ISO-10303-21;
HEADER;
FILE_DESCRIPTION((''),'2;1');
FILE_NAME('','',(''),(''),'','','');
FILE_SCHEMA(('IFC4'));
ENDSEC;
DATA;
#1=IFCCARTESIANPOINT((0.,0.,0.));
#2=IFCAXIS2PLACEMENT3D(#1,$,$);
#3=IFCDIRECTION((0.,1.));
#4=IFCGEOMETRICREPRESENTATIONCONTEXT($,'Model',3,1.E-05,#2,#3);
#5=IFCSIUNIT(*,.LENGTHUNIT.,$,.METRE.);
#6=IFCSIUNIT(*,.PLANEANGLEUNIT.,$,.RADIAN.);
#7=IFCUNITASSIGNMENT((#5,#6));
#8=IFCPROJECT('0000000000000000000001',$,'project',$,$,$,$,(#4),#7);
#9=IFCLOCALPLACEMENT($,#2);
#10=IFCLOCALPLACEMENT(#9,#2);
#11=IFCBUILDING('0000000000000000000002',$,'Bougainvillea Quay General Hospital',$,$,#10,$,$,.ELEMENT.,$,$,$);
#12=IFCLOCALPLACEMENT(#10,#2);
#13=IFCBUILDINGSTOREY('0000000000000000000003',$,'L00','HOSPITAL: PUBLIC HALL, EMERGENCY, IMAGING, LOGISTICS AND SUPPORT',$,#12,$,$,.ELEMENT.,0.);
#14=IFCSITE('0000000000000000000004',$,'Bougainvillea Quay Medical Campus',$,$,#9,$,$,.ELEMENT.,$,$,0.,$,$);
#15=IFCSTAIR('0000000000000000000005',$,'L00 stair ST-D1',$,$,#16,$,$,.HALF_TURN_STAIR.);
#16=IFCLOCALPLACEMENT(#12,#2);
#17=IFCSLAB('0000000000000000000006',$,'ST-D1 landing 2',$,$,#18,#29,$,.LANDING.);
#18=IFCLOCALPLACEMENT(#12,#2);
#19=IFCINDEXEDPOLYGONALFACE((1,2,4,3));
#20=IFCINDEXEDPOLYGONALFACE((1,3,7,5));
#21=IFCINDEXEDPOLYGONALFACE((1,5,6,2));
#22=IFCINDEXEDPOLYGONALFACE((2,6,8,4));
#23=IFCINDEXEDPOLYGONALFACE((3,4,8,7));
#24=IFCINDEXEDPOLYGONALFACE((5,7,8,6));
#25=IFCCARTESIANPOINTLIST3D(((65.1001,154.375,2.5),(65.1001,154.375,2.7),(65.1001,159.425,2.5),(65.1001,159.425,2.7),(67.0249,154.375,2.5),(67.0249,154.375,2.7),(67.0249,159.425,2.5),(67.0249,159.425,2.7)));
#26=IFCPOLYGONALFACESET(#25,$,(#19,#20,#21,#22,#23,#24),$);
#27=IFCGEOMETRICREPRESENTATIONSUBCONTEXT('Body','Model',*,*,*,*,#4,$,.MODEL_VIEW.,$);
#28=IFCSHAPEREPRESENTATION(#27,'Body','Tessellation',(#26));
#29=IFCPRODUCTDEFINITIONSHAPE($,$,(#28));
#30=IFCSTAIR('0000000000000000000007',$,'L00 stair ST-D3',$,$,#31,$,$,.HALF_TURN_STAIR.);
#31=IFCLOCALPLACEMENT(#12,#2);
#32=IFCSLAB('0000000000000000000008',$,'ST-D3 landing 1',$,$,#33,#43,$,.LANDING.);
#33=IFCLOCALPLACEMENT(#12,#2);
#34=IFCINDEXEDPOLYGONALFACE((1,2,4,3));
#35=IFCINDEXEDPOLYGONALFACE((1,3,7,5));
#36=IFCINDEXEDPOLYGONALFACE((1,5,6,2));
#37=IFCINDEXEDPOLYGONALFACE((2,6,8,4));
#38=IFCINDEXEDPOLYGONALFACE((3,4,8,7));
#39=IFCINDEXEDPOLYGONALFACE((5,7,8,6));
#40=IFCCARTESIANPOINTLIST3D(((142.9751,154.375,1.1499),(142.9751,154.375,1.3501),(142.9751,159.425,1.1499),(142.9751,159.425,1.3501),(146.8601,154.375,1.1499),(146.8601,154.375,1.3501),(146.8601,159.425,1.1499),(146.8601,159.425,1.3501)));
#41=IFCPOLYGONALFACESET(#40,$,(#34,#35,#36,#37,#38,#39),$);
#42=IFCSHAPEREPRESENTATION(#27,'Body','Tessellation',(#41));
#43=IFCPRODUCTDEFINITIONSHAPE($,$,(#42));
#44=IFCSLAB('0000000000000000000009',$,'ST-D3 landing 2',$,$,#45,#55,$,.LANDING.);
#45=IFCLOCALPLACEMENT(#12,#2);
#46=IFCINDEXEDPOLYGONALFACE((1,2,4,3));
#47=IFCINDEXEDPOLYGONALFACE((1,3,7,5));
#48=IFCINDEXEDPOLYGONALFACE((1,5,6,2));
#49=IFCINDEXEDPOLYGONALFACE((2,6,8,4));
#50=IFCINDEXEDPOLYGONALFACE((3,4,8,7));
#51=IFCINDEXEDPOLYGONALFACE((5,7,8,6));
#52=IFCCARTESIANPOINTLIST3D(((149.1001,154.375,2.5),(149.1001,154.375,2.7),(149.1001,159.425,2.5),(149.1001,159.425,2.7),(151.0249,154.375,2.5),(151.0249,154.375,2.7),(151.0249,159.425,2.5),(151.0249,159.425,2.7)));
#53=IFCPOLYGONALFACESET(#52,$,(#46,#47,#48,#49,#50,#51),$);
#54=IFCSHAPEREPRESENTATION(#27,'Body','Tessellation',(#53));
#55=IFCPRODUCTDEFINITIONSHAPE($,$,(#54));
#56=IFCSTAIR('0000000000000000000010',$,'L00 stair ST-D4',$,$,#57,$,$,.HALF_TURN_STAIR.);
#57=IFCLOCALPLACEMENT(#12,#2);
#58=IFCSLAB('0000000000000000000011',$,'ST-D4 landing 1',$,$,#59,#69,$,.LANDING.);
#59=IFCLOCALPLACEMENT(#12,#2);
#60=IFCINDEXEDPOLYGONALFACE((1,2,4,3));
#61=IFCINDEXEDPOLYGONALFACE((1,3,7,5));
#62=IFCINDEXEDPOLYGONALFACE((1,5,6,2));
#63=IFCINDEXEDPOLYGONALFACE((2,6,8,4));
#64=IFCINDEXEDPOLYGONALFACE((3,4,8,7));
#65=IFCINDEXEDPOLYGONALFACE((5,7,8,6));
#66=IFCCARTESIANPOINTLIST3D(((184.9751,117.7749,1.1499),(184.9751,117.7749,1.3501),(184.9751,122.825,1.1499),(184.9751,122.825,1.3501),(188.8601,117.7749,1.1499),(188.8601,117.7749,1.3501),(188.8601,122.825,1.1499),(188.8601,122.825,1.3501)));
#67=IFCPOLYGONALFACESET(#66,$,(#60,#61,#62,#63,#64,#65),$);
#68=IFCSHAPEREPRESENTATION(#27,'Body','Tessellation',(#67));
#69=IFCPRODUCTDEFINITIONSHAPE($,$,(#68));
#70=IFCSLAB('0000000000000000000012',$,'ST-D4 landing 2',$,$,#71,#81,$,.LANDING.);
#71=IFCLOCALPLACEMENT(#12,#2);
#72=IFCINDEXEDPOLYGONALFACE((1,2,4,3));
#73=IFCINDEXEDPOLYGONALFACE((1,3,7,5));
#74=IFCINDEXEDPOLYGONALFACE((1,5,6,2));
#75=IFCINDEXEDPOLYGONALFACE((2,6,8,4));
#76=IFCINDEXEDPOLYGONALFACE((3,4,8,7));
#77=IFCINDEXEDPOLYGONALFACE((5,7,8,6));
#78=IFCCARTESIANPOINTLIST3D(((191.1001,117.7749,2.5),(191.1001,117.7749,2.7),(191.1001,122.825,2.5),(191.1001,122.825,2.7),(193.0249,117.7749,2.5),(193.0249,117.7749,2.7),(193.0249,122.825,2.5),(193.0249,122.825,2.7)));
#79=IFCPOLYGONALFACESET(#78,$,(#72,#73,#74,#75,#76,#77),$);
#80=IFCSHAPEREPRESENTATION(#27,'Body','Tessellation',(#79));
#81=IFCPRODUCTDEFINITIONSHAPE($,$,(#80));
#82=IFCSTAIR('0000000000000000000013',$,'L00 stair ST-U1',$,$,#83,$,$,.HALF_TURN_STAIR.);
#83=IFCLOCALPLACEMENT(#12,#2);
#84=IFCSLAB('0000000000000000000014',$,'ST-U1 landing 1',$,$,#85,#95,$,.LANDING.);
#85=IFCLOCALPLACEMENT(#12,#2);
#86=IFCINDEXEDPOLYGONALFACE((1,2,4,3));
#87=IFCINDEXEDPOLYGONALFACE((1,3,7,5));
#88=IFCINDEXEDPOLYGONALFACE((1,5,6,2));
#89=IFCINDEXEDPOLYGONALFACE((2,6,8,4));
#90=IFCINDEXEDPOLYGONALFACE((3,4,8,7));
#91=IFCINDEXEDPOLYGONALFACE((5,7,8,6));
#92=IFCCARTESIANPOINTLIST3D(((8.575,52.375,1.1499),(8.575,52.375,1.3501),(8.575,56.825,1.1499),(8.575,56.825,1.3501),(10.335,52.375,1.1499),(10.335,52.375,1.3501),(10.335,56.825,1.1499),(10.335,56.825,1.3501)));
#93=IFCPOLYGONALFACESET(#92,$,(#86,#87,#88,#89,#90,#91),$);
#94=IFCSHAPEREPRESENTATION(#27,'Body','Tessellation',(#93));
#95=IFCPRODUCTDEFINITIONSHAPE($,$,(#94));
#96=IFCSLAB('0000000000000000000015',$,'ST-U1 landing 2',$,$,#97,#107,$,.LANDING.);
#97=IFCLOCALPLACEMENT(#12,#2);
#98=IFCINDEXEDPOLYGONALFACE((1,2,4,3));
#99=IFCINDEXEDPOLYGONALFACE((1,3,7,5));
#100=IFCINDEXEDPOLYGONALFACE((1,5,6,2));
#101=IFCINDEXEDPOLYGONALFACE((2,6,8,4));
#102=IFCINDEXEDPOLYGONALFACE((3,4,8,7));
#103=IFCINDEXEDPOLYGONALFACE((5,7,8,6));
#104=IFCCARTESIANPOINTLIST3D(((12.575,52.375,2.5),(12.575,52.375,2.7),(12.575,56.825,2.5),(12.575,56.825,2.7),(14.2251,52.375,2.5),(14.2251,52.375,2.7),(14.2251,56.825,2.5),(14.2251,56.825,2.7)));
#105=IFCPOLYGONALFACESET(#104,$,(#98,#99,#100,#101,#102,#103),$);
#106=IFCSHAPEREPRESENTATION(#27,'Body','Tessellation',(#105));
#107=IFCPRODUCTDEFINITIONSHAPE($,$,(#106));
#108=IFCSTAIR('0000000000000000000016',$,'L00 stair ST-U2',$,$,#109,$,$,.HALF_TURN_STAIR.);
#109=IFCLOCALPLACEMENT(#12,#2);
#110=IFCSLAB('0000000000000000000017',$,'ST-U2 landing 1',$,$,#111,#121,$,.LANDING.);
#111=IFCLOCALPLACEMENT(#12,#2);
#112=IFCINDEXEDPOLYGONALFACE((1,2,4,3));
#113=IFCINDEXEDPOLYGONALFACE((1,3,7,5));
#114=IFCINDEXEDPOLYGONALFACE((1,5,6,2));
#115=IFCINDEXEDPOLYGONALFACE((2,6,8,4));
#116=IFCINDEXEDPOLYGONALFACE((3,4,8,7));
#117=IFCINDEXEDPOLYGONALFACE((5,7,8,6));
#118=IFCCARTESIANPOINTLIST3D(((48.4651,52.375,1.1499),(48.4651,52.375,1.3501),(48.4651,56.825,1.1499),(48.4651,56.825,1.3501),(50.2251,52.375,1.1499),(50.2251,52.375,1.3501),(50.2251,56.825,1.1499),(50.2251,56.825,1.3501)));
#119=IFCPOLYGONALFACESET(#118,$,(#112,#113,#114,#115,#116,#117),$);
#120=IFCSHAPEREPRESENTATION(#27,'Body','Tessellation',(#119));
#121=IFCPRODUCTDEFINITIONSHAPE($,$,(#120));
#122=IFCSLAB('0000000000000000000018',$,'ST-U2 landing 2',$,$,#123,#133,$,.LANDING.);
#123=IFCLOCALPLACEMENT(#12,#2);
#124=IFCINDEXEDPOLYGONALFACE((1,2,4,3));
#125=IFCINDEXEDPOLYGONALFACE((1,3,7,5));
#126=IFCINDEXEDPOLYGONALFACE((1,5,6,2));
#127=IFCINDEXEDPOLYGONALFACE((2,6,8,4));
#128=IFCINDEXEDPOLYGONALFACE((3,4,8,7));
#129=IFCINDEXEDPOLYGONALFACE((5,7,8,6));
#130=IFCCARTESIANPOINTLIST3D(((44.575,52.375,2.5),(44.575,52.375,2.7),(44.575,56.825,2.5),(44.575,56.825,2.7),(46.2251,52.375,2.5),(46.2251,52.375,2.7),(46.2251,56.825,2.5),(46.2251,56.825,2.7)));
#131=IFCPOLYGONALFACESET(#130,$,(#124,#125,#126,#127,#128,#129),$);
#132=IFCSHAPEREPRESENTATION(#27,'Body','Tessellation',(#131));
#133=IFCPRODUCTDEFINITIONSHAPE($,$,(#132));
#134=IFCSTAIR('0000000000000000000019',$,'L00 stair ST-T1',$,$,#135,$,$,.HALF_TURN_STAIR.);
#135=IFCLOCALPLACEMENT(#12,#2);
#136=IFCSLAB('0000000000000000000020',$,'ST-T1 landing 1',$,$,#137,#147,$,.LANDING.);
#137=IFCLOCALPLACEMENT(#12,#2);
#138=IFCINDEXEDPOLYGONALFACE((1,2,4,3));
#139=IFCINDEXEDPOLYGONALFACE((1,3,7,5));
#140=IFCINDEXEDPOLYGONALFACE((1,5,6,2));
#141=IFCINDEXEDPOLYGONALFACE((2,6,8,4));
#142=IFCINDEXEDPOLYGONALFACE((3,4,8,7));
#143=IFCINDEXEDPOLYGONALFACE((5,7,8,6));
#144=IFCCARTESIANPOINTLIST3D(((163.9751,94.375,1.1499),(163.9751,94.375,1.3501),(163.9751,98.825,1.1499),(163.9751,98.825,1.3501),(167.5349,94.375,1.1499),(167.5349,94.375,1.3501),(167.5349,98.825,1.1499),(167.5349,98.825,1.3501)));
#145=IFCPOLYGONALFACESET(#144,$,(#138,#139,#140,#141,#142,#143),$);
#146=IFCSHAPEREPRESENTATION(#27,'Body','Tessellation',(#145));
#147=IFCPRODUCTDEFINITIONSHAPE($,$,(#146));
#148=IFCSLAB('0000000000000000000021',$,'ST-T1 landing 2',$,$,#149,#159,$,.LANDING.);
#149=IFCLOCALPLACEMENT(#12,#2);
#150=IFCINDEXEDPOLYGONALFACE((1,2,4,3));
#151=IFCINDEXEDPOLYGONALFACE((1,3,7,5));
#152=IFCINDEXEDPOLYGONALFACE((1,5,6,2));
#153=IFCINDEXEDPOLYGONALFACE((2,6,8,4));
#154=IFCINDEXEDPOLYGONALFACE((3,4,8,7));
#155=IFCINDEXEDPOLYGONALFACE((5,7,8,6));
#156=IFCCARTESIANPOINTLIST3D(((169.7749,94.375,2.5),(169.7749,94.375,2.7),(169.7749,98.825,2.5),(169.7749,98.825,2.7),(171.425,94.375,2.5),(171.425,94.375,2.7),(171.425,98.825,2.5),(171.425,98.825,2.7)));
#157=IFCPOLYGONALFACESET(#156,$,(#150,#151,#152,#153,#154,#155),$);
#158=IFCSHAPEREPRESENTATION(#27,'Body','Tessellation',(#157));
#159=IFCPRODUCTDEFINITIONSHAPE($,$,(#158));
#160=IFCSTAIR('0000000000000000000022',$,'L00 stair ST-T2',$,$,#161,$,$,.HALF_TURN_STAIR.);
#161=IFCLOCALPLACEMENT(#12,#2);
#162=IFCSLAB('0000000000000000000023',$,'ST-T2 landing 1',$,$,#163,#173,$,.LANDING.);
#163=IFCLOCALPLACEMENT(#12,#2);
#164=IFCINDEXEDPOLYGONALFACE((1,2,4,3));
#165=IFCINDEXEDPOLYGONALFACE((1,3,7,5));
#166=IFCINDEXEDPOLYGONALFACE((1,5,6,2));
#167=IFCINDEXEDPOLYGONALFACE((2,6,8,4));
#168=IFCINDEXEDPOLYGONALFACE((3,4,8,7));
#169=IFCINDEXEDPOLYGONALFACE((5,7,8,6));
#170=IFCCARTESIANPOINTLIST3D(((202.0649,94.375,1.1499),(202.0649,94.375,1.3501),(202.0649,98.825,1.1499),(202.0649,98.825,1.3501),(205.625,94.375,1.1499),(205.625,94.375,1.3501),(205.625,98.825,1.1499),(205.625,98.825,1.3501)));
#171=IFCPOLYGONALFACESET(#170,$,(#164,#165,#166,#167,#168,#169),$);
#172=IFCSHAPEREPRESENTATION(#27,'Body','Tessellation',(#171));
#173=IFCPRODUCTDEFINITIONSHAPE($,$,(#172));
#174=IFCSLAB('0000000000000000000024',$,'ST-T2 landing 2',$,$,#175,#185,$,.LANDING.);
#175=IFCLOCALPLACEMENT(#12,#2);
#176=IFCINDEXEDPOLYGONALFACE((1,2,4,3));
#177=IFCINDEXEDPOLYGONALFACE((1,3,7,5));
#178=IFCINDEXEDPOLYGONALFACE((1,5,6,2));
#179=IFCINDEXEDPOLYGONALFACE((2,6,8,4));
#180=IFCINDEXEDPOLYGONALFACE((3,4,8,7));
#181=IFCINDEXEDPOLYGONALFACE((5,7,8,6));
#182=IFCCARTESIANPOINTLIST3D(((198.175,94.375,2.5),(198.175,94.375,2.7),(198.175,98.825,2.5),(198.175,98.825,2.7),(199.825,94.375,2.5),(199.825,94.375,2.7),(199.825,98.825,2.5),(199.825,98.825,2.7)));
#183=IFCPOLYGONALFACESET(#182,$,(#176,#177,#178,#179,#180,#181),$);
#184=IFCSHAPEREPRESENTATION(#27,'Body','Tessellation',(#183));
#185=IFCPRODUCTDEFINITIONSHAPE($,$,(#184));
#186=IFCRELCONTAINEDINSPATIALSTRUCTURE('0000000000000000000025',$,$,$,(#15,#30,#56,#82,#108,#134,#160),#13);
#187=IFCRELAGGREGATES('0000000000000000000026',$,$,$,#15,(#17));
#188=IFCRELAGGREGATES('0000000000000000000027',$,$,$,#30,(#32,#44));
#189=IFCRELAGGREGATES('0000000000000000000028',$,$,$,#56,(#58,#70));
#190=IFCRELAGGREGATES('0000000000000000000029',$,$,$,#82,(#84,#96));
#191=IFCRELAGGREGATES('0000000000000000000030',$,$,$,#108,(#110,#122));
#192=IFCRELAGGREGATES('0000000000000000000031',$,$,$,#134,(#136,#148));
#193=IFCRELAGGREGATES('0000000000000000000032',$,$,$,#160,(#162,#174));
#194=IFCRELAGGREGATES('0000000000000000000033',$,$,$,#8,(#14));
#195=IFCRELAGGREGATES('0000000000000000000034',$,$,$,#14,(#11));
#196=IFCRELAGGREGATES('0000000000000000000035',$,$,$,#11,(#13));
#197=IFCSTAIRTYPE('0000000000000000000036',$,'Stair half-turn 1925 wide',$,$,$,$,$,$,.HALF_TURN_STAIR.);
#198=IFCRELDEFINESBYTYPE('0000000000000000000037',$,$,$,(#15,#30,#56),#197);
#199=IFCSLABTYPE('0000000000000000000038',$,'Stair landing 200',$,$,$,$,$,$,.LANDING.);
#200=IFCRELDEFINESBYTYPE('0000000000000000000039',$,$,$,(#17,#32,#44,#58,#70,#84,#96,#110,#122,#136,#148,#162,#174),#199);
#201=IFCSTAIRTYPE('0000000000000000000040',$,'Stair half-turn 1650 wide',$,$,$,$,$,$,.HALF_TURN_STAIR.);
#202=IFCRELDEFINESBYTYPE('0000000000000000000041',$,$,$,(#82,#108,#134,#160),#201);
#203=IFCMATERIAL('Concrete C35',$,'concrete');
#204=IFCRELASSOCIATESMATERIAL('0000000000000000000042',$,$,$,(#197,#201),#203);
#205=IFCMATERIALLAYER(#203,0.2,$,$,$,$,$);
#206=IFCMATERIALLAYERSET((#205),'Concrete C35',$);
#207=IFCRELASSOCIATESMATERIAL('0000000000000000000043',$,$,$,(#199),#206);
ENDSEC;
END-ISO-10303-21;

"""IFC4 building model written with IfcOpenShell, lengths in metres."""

from ifc_helpers import new_model, si_unit, direction, frame, origin, place, context, subcontext, project, spatial, polyline, outline, extrude, material, layer, layer_set, type_object, element, aggregate, save


model = new_model("IFC4")

# Units and contexts
model_context = context("Model", 3, precision=1e-05, world=origin(), true_north=direction((0.0, 1.0)))
body_context = subcontext(model_context, "Body", "Model", "MODEL_VIEW")
ifc_project = project(units=[si_unit("LENGTHUNIT", "METRE"), si_unit("PLANEANGLEUNIT", "RADIAN")], contexts=[model_context])

# Site, building, storey
site_placement = place(None, origin())
site = spatial("IfcSite", under=ifc_project, at=site_placement, Name="Bougainvillea Quay Medical Campus", CompositionType="ELEMENT", RefElevation=0.0)
building_placement = place(site_placement, origin())
building = spatial("IfcBuilding", under=site, at=building_placement, Name="Bougainvillea Quay General Hospital", CompositionType="ELEMENT")
storey_placement = place(building_placement, origin())
storey = spatial("IfcBuildingStorey", under=building, at=storey_placement, Name="L00", Description="HOSPITAL: PUBLIC HALL, EMERGENCY, IMAGING, LOGISTICS AND SUPPORT", CompositionType="ELEMENT", Elevation=0.0)

# Stair, slab
ifc_material_1 = material(Name="Concrete C35", Category="concrete")
stair_type_1 = type_object("IfcStairType", Name="Stair half-turn 1925 wide", PredefinedType="HALF_TURN_STAIR", material=ifc_material_1)
stair_1_placement = place(storey_placement, origin())
stair_1 = element("IfcStair", 1, at=stair_1_placement, inside=storey, type_object=stair_type_1, Name="L00 stair ST-D1", PredefinedType="HALF_TURN_STAIR")
ifc_layer_1 = layer(ifc_material_1, 0.2)
ifc_layer_set_1 = layer_set([ifc_layer_1], Name="Concrete C35")
slab_type = type_object("IfcSlabType", Name="Stair landing 200", PredefinedType="LANDING", material=ifc_layer_set_1)
slab_1_placement = place(storey_placement, frame((0.0, 0.0, 2.5)))
slab_1 = element("IfcSlab", 2, at=slab_1_placement, type_object=slab_type, Name="ST-D1 landing 2", PredefinedType="LANDING", context=body_context, shape_type="SweptSolid", body=[
    extrude(outline(polyline([(67.0249, 159.425), (65.1001, 159.425), (65.1001, 154.375), (67.0249, 154.375), (67.0249, 159.425)])), origin(), (0.0, 0.0, 1.0), 0.2),
])
aggregate(stair_1, [slab_1])

# Stairs, slabs
stair_2_placement = place(storey_placement, origin())
stair_2 = element("IfcStair", 3, at=stair_2_placement, inside=storey, type_object=stair_type_1, Name="L00 stair ST-D3", PredefinedType="HALF_TURN_STAIR")
slab_2_placement = place(storey_placement, frame((0.0, 0.0, 1.1499)))
slab_2 = element("IfcSlab", 4, at=slab_2_placement, type_object=slab_type, Name="ST-D3 landing 1", PredefinedType="LANDING", context=body_context, shape_type="SweptSolid", body=[
    extrude(outline(polyline([(146.8601, 159.425), (142.9751, 159.425), (142.9751, 154.375), (146.8601, 154.375), (146.8601, 159.425)])), origin(), (0.0, 0.0, 1.0), 0.2002),
])
slab_3_placement = place(storey_placement, frame((0.0, 0.0, 2.5)))
slab_3 = element("IfcSlab", 5, at=slab_3_placement, type_object=slab_type, Name="ST-D3 landing 2", PredefinedType="LANDING", context=body_context, shape_type="SweptSolid", body=[
    extrude(outline(polyline([(151.0249, 159.425), (149.1001, 159.425), (149.1001, 154.375), (151.0249, 154.375), (151.0249, 159.425)])), origin(), (0.0, 0.0, 1.0), 0.2),
])
aggregate(stair_2, [slab_2, slab_3])
stair_3_placement = place(storey_placement, origin())
stair_3 = element("IfcStair", 6, at=stair_3_placement, inside=storey, type_object=stair_type_1, Name="L00 stair ST-D4", PredefinedType="HALF_TURN_STAIR")
slab_4_placement = place(storey_placement, frame((0.0, 0.0, 1.1499)))
slab_4 = element("IfcSlab", 7, at=slab_4_placement, type_object=slab_type, Name="ST-D4 landing 1", PredefinedType="LANDING", context=body_context, shape_type="SweptSolid", body=[
    extrude(outline(polyline([(188.8601, 122.825), (184.9751, 122.825), (184.9751, 117.7749), (188.8601, 117.7749), (188.8601, 122.825)])), origin(), (0.0, 0.0, 1.0), 0.2002),
])
slab_5_placement = place(storey_placement, frame((0.0, 0.0, 2.5)))
slab_5 = element("IfcSlab", 8, at=slab_5_placement, type_object=slab_type, Name="ST-D4 landing 2", PredefinedType="LANDING", context=body_context, shape_type="SweptSolid", body=[
    extrude(outline(polyline([(193.0249, 122.825), (191.1001, 122.825), (191.1001, 117.7749), (193.0249, 117.7749), (193.0249, 122.825)])), origin(), (0.0, 0.0, 1.0), 0.2),
])
aggregate(stair_3, [slab_4, slab_5])
stair_type_2 = type_object("IfcStairType", Name="Stair half-turn 1650 wide", PredefinedType="HALF_TURN_STAIR", material=ifc_material_1)
stair_4_placement = place(storey_placement, origin())
stair_4 = element("IfcStair", 9, at=stair_4_placement, inside=storey, type_object=stair_type_2, Name="L00 stair ST-U1", PredefinedType="HALF_TURN_STAIR")
slab_6_placement = place(storey_placement, frame((0.0, 0.0, 1.1499)))
slab_6 = element("IfcSlab", 10, at=slab_6_placement, type_object=slab_type, Name="ST-U1 landing 1", PredefinedType="LANDING", context=body_context, shape_type="SweptSolid", body=[
    extrude(outline(polyline([(10.335, 56.825), (8.575, 56.825), (8.575, 52.375), (10.335, 52.375), (10.335, 56.825)])), origin(), (0.0, 0.0, 1.0), 0.2002),
])
slab_7_placement = place(storey_placement, frame((0.0, 0.0, 2.5)))
slab_7 = element("IfcSlab", 11, at=slab_7_placement, type_object=slab_type, Name="ST-U1 landing 2", PredefinedType="LANDING", context=body_context, shape_type="SweptSolid", body=[
    extrude(outline(polyline([(14.2251, 56.825), (12.575, 56.825), (12.575, 52.375), (14.2251, 52.375), (14.2251, 56.825)])), origin(), (0.0, 0.0, 1.0), 0.2),
])
aggregate(stair_4, [slab_6, slab_7])
stair_5_placement = place(storey_placement, origin())
stair_5 = element("IfcStair", 12, at=stair_5_placement, inside=storey, type_object=stair_type_2, Name="L00 stair ST-U2", PredefinedType="HALF_TURN_STAIR")
slab_8_placement = place(storey_placement, frame((0.0, 0.0, 1.1499)))
slab_8 = element("IfcSlab", 13, at=slab_8_placement, type_object=slab_type, Name="ST-U2 landing 1", PredefinedType="LANDING", context=body_context, shape_type="SweptSolid", body=[
    extrude(outline(polyline([(48.4651, 52.375), (50.2251, 52.375), (50.2251, 56.825), (48.4651, 56.825), (48.4651, 52.375)])), origin(), (0.0, 0.0, 1.0), 0.2002),
])
slab_9_placement = place(storey_placement, frame((0.0, 0.0, 2.5)))
slab_9 = element("IfcSlab", 14, at=slab_9_placement, type_object=slab_type, Name="ST-U2 landing 2", PredefinedType="LANDING", context=body_context, shape_type="SweptSolid", body=[
    extrude(outline(polyline([(44.575, 52.375), (46.2251, 52.375), (46.2251, 56.825), (44.575, 56.825), (44.575, 52.375)])), origin(), (0.0, 0.0, 1.0), 0.2),
])
aggregate(stair_5, [slab_8, slab_9])
stair_6_placement = place(storey_placement, origin())
stair_6 = element("IfcStair", 15, at=stair_6_placement, inside=storey, type_object=stair_type_2, Name="L00 stair ST-T1", PredefinedType="HALF_TURN_STAIR")
slab_10_placement = place(storey_placement, frame((0.0, 0.0, 1.1499)))
slab_10 = element("IfcSlab", 16, at=slab_10_placement, type_object=slab_type, Name="ST-T1 landing 1", PredefinedType="LANDING", context=body_context, shape_type="SweptSolid", body=[
    extrude(outline(polyline([(167.5349, 98.825), (163.9751, 98.825), (163.9751, 94.375), (167.5349, 94.375), (167.5349, 98.825)])), origin(), (0.0, 0.0, 1.0), 0.2002),
])
slab_11_placement = place(storey_placement, frame((0.0, 0.0, 2.5)))
slab_11 = element("IfcSlab", 17, at=slab_11_placement, type_object=slab_type, Name="ST-T1 landing 2", PredefinedType="LANDING", context=body_context, shape_type="SweptSolid", body=[
    extrude(outline(polyline([(171.425, 98.825), (169.7749, 98.825), (169.7749, 94.375), (171.425, 94.375), (171.425, 98.825)])), origin(), (0.0, 0.0, 1.0), 0.2),
])
aggregate(stair_6, [slab_10, slab_11])
stair_7_placement = place(storey_placement, origin())
stair_7 = element("IfcStair", 18, at=stair_7_placement, inside=storey, type_object=stair_type_2, Name="L00 stair ST-T2", PredefinedType="HALF_TURN_STAIR")
slab_12_placement = place(storey_placement, frame((0.0, 0.0, 1.1499)))
slab_12 = element("IfcSlab", 19, at=slab_12_placement, type_object=slab_type, Name="ST-T2 landing 1", PredefinedType="LANDING", context=body_context, shape_type="SweptSolid", body=[
    extrude(outline(polyline([(202.0649, 94.375), (205.625, 94.375), (205.625, 98.825), (202.0649, 98.825), (202.0649, 94.375)])), origin(), (0.0, 0.0, 1.0), 0.2002),
])
slab_13_placement = place(storey_placement, frame((0.0, 0.0, 2.5)))
slab_13 = element("IfcSlab", 20, at=slab_13_placement, type_object=slab_type, Name="ST-T2 landing 2", PredefinedType="LANDING", context=body_context, shape_type="SweptSolid", body=[
    extrude(outline(polyline([(198.175, 94.375), (199.825, 94.375), (199.825, 98.825), (198.175, 98.825), (198.175, 94.375)])), origin(), (0.0, 0.0, 1.0), 0.2),
])
aggregate(stair_7, [slab_12, slab_13])

save(model, "model.ifc")
